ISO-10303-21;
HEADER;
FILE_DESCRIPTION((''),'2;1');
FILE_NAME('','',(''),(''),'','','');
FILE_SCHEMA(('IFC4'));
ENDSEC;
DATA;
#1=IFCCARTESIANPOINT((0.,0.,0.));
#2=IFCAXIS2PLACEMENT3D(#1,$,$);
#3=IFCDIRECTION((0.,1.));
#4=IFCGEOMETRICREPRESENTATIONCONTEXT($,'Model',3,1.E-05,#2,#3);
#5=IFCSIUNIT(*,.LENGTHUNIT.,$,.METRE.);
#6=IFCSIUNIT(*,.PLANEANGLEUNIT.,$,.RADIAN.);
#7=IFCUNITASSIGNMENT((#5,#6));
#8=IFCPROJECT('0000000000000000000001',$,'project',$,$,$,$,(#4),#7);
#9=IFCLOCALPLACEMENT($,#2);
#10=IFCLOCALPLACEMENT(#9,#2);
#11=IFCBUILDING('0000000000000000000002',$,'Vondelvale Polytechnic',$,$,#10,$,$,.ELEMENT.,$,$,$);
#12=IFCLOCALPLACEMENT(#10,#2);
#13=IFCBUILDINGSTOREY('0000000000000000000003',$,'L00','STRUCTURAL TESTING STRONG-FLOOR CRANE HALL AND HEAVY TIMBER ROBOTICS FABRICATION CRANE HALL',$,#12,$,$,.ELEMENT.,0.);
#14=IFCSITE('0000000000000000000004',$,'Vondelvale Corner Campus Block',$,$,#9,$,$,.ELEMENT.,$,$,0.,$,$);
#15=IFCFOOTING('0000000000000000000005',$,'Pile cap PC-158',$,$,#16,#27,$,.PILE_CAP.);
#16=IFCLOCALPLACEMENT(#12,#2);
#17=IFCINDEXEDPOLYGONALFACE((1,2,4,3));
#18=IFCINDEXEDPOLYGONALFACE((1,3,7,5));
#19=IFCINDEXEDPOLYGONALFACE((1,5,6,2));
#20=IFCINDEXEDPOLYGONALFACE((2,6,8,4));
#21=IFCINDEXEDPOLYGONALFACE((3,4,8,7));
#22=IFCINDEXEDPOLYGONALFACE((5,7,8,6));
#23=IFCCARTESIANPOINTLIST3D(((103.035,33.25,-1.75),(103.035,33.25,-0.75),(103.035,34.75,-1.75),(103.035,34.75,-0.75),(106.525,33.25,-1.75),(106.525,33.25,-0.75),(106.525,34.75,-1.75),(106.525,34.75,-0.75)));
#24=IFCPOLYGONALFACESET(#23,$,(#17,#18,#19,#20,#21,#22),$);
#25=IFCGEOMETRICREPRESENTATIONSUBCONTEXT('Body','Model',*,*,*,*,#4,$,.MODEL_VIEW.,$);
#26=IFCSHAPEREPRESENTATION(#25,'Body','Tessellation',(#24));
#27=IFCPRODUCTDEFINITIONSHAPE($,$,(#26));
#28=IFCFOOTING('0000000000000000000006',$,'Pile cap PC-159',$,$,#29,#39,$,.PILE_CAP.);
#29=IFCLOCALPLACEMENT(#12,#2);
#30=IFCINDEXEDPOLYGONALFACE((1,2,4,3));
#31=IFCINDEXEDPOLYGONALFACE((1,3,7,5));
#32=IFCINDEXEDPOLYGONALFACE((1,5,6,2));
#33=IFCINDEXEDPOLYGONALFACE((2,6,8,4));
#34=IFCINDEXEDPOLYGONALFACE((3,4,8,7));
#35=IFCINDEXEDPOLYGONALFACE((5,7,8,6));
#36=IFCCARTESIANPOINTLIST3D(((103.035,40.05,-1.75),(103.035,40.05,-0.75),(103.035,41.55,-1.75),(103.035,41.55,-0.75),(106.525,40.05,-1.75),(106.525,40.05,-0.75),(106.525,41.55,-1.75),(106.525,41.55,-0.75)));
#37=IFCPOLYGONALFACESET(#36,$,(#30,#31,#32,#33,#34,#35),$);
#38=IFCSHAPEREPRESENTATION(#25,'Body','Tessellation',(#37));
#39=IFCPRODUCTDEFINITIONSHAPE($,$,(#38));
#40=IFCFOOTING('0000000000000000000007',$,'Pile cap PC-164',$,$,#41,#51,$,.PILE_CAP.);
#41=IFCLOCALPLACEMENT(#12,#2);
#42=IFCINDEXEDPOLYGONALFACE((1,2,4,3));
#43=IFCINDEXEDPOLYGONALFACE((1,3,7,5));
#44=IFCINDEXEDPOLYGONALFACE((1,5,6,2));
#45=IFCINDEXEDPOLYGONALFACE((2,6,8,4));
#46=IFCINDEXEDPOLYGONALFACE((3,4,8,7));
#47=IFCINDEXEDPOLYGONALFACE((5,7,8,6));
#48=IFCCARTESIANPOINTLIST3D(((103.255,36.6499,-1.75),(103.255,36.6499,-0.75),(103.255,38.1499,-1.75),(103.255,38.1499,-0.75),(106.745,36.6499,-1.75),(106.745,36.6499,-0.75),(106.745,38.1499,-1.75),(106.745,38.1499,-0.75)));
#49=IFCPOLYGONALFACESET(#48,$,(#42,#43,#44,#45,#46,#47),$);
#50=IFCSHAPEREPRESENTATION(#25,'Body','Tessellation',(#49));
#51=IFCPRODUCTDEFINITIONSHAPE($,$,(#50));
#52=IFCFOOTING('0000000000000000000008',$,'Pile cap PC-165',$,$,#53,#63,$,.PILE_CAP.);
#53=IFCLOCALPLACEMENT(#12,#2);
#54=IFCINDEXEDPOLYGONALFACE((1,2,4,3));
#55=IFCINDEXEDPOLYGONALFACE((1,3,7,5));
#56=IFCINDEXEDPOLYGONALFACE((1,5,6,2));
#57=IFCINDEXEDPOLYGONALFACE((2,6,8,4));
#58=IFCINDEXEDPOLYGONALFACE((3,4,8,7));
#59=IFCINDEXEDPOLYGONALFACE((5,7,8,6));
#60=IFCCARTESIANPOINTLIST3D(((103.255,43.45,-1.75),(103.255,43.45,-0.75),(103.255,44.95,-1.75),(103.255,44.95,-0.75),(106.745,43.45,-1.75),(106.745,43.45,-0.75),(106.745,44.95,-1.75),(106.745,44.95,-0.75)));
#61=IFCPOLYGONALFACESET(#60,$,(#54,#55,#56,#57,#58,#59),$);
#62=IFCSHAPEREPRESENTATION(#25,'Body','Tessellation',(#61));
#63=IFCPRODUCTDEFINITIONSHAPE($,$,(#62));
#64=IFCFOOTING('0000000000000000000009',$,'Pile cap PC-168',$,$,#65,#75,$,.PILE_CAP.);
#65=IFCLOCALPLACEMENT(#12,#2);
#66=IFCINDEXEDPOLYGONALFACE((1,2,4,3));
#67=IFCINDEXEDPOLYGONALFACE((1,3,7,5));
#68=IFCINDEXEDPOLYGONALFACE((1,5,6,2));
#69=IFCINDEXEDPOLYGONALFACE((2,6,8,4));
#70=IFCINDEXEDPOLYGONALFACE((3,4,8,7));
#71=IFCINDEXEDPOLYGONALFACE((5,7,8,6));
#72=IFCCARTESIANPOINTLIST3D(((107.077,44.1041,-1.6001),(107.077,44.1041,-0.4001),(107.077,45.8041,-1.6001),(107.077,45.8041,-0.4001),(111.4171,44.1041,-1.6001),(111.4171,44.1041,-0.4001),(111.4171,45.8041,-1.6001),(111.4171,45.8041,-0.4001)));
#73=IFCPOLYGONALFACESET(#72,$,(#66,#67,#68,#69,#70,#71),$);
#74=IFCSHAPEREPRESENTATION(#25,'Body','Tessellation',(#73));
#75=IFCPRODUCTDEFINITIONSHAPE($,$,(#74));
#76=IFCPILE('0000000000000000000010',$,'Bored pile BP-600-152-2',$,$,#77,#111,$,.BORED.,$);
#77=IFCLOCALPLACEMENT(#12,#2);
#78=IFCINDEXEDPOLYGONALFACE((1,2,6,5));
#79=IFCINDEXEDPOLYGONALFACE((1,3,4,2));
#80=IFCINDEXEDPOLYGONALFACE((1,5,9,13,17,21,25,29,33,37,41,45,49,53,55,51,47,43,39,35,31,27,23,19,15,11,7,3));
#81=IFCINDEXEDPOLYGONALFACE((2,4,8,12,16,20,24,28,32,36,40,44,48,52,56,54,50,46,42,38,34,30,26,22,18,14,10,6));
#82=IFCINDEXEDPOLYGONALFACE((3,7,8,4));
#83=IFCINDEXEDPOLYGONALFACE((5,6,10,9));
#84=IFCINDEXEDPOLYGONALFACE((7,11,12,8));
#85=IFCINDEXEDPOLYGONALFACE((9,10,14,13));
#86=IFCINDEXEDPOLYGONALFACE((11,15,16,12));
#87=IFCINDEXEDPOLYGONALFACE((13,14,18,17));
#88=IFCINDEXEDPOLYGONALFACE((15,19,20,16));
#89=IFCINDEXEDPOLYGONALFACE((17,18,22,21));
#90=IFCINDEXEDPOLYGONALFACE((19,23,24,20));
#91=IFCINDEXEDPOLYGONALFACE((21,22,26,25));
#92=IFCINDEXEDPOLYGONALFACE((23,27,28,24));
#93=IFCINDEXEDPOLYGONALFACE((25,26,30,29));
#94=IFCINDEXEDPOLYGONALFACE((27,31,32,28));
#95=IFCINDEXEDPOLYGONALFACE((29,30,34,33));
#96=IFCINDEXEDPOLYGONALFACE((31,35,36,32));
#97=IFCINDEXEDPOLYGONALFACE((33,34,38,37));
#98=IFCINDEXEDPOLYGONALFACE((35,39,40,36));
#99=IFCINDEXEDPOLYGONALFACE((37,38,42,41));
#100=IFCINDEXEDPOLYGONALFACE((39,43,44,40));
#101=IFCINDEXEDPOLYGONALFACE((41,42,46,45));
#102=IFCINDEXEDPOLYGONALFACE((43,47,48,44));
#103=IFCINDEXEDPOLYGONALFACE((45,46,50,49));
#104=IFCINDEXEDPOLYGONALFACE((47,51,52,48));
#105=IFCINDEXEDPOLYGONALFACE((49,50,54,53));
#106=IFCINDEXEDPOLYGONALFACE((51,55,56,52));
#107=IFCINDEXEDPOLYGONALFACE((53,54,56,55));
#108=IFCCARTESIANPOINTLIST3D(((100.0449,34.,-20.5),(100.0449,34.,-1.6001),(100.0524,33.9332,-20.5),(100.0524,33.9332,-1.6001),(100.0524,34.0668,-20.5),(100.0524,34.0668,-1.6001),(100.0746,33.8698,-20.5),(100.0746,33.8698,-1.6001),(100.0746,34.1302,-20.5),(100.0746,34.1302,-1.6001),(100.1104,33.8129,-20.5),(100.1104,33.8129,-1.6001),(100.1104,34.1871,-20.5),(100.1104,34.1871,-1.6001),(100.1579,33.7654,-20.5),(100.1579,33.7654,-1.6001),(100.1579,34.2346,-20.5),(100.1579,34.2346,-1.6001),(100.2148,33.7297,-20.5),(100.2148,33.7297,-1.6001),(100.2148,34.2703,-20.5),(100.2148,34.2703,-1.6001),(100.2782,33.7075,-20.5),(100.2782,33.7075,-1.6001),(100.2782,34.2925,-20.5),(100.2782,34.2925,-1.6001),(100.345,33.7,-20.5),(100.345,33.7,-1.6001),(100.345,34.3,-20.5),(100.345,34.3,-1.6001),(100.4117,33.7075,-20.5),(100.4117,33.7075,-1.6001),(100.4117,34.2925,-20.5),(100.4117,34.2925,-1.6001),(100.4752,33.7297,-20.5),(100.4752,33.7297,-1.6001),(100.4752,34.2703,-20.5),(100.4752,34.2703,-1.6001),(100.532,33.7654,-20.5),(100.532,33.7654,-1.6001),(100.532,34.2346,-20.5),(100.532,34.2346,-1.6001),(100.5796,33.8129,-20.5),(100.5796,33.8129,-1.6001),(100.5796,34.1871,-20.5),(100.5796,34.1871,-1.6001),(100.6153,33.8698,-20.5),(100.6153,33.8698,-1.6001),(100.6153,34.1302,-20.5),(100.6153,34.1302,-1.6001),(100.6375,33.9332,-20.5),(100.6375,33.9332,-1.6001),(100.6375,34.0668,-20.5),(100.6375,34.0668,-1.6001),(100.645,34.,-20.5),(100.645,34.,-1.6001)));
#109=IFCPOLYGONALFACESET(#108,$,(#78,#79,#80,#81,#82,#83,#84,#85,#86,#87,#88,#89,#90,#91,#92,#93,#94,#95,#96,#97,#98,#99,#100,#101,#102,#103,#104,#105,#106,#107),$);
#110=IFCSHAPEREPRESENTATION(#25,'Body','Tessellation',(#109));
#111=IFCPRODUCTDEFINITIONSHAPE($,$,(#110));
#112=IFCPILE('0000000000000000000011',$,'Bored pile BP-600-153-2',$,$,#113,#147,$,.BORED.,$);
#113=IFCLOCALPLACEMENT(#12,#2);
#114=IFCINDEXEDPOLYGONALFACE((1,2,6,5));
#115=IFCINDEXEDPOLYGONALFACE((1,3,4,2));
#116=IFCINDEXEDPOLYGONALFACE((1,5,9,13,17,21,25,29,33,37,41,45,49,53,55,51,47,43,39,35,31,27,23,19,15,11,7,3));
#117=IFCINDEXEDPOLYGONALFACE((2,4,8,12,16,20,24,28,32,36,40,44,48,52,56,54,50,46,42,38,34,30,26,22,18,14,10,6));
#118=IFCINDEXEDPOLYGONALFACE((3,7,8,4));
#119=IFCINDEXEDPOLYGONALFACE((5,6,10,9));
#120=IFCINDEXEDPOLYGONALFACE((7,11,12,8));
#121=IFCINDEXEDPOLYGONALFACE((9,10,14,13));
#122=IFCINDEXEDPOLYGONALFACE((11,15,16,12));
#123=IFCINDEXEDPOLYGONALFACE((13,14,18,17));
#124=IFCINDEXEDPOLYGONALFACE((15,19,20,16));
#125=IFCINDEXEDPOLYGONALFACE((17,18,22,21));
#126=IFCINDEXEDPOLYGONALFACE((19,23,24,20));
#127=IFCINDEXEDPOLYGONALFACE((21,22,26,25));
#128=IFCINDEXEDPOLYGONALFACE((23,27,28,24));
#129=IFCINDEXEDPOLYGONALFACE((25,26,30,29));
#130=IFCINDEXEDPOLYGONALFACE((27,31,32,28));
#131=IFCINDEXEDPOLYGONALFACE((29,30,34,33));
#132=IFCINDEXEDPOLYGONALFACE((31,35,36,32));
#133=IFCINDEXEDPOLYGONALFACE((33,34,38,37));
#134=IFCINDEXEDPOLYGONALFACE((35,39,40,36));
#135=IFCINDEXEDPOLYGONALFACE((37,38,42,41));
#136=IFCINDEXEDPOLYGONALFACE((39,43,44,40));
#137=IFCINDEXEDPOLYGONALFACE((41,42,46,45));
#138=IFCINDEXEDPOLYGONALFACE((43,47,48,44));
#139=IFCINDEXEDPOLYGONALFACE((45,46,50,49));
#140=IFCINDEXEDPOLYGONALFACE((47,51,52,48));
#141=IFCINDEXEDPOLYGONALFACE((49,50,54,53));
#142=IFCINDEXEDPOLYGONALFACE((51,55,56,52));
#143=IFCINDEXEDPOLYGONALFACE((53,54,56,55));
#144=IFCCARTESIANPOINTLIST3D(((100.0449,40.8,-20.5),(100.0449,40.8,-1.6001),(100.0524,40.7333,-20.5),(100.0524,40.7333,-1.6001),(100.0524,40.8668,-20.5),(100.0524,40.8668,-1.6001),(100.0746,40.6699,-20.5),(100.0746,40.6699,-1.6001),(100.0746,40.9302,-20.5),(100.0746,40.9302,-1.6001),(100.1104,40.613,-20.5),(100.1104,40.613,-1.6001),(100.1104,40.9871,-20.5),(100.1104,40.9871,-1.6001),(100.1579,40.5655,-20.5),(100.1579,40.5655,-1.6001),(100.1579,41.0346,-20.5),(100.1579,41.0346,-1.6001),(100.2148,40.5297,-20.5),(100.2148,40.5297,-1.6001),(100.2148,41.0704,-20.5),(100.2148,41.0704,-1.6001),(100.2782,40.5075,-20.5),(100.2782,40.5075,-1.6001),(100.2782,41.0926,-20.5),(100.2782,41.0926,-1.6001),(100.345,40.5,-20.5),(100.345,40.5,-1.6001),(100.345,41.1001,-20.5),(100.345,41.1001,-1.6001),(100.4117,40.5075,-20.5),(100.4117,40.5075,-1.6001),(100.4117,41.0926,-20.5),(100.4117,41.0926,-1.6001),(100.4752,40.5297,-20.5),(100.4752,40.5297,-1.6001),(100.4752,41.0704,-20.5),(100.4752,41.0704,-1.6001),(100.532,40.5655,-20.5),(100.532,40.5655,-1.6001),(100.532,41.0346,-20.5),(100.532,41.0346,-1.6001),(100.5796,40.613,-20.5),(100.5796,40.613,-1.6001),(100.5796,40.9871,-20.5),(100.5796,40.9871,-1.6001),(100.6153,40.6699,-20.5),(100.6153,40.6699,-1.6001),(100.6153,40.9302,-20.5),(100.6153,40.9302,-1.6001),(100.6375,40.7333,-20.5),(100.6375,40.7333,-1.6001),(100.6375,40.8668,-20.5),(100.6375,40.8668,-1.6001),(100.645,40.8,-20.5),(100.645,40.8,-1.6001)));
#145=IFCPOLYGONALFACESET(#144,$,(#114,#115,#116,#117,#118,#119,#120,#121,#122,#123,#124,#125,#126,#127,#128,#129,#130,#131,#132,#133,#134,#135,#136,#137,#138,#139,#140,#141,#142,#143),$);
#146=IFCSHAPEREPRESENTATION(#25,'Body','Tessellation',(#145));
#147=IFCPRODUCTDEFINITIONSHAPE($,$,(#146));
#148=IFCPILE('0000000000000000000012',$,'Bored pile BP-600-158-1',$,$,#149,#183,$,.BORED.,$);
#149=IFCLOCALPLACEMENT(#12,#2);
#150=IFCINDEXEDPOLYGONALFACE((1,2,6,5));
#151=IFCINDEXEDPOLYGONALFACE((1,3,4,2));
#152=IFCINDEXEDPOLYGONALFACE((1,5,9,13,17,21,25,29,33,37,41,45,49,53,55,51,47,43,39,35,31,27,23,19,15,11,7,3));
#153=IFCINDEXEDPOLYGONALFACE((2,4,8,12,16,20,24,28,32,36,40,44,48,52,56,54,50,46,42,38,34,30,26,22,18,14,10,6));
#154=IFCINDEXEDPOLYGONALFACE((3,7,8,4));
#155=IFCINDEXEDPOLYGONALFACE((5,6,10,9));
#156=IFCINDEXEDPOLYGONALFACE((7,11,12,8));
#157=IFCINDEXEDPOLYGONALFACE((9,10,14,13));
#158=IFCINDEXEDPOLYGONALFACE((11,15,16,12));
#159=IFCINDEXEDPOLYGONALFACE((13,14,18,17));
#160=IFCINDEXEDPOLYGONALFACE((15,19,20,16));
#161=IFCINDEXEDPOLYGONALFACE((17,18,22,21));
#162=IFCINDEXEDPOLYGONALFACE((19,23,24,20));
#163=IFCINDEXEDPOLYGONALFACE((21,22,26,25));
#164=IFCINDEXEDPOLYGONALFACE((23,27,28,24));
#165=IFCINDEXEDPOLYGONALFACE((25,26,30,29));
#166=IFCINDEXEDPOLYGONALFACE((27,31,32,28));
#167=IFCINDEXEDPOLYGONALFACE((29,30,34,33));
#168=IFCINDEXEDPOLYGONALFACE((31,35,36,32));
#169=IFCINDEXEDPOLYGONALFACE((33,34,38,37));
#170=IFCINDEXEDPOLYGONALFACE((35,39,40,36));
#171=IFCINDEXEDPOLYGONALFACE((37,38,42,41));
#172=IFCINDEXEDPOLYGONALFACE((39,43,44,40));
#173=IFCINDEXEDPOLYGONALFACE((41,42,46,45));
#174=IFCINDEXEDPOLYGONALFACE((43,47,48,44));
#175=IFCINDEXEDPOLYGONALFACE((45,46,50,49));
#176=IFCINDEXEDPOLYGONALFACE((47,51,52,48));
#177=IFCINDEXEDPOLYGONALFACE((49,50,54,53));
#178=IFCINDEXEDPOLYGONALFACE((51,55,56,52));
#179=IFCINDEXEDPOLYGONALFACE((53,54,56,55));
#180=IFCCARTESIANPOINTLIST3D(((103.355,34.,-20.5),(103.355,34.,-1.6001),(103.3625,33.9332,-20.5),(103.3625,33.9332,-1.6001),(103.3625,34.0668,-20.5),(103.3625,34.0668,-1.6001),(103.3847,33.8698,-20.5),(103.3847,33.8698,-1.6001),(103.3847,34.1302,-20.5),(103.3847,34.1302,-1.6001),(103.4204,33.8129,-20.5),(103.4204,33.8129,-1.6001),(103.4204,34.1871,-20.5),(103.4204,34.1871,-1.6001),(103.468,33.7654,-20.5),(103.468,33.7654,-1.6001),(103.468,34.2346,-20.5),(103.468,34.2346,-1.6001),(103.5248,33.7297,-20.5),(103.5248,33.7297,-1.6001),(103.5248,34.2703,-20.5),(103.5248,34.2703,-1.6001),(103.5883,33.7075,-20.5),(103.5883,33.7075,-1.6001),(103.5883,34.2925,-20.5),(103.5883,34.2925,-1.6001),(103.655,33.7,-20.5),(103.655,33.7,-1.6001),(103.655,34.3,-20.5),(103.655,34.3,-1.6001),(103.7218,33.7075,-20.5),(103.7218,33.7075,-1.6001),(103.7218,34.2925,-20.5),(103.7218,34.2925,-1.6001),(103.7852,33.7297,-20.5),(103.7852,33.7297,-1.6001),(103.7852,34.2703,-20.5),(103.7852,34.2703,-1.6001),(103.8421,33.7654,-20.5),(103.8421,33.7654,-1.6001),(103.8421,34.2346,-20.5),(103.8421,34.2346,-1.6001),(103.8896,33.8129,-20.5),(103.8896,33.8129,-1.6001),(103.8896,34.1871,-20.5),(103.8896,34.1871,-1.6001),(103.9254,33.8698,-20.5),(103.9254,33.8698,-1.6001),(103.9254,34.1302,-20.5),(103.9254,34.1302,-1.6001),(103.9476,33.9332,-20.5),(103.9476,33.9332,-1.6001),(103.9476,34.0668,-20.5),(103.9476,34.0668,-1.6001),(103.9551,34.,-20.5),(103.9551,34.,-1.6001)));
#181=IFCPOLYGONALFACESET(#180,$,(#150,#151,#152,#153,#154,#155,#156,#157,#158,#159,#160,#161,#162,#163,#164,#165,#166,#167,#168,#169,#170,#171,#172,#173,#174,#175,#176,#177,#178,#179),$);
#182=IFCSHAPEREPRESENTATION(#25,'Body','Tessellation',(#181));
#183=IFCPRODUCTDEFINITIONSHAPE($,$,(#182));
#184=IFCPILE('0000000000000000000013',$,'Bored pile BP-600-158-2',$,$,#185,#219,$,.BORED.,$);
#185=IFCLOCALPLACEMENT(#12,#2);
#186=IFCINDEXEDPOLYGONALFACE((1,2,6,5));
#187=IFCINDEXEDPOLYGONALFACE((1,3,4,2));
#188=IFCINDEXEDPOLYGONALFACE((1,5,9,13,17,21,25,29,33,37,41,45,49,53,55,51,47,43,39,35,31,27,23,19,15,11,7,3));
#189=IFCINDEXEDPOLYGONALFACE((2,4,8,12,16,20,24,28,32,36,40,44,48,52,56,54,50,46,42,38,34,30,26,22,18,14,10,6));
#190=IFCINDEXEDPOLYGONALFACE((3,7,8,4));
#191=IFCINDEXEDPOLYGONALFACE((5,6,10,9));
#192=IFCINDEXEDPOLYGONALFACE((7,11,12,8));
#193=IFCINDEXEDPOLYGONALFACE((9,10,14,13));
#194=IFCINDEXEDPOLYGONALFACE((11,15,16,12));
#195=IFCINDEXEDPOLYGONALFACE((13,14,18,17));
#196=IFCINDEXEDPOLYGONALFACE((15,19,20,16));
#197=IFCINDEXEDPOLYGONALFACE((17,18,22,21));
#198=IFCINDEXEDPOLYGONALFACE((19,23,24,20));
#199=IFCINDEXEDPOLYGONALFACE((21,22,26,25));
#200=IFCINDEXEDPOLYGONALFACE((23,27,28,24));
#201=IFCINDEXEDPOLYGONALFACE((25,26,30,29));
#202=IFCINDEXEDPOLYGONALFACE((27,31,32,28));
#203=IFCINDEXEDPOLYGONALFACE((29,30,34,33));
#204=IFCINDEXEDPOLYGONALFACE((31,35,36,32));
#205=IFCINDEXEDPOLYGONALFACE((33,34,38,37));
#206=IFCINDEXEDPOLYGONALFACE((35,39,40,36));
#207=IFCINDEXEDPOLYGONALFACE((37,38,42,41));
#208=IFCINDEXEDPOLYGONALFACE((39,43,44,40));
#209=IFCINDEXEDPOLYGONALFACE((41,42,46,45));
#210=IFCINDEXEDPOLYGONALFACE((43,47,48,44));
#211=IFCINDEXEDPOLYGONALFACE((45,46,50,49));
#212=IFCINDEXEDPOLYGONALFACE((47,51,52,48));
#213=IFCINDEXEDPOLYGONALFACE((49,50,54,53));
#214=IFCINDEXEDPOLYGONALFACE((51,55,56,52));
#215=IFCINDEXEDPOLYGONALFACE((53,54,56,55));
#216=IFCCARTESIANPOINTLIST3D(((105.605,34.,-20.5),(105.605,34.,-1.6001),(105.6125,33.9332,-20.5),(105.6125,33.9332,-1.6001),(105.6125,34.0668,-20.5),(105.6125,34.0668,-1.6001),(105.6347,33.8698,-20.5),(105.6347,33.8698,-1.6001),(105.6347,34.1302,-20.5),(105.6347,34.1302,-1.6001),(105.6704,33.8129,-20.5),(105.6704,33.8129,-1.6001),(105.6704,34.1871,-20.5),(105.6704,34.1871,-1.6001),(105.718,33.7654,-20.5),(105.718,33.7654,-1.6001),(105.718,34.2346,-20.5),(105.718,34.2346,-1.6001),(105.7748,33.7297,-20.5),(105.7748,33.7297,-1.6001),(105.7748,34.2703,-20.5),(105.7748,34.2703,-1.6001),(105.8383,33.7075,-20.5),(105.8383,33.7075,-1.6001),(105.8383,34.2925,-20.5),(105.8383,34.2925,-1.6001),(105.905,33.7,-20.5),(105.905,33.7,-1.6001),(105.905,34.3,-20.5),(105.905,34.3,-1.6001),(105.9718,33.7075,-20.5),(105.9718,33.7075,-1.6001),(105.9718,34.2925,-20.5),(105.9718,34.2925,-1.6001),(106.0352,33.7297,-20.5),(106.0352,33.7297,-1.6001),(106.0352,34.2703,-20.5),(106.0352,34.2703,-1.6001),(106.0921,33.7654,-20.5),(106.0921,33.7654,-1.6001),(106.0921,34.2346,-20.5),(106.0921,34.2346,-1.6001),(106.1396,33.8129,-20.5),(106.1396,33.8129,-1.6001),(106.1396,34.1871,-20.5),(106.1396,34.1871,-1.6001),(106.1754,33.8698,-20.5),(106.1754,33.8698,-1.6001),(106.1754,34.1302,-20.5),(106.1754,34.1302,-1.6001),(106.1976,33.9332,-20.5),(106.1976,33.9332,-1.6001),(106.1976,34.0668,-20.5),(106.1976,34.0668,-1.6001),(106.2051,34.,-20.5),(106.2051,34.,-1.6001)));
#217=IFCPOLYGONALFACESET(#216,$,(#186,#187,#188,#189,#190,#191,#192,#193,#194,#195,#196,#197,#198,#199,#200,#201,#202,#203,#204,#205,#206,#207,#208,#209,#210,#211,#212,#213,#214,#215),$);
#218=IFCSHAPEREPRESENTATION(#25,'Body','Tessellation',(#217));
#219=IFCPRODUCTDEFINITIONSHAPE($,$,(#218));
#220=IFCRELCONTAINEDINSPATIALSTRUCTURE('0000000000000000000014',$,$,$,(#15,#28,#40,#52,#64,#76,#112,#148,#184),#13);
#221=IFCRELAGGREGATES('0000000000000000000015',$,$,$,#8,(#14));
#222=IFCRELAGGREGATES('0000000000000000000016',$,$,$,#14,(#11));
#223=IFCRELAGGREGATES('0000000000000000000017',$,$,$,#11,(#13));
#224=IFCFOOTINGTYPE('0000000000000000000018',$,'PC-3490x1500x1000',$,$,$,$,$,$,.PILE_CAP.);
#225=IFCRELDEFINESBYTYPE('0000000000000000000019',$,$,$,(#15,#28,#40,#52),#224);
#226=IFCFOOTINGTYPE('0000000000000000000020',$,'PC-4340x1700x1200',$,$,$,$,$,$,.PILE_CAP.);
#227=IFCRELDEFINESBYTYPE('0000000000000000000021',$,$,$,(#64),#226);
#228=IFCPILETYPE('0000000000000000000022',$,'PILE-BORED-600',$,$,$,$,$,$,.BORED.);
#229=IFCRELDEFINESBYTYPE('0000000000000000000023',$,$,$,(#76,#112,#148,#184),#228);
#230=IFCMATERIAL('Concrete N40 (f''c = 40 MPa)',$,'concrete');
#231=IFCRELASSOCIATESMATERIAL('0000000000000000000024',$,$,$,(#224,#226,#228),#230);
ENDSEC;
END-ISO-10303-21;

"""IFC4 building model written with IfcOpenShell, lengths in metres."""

from ifc_helpers import new_model, si_unit, direction, frame, origin, origin_2d, place, context, subcontext, project, spatial, rectangle, circle, extrude, material, material_profile, profile_set, type_object, element, save


model = new_model("IFC4")

# Units and contexts
model_context = context("Model", 3, precision=1e-05, world=origin(), true_north=direction((0.0, 1.0)))
body_context = subcontext(model_context, "Body", "Model", "MODEL_VIEW")
ifc_project = project(units=[si_unit("LENGTHUNIT", "METRE"), si_unit("PLANEANGLEUNIT", "RADIAN")], contexts=[model_context])

# Site, building, storey
site_placement = place(None, origin())
site = spatial("IfcSite", under=ifc_project, at=site_placement, Name="Vondelvale Corner Campus Block", CompositionType="ELEMENT", RefElevation=0.0)
building_placement = place(site_placement, origin())
building = spatial("IfcBuilding", under=site, at=building_placement, Name="Vondelvale Polytechnic", CompositionType="ELEMENT")
storey_placement = place(building_placement, origin())
storey = spatial("IfcBuildingStorey", under=building, at=storey_placement, Name="L00", Description="STRUCTURAL TESTING STRONG-FLOOR CRANE HALL AND HEAVY TIMBER ROBOTICS FABRICATION CRANE HALL", CompositionType="ELEMENT", Elevation=0.0)

# Footings
ifc_material_1 = material(Name="Concrete N40 (f'c = 40 MPa)", Category="concrete")
footing_type_1 = type_object("IfcFootingType", Name="PC-3490x1500x1000", PredefinedType="PILE_CAP", material=ifc_material_1)
for number, where, z_axis, x_axis, name in (
    (1, (104.78, 34.0, -1.75), (0.0, 0.0, 1.0), (1.0, 0.0, 0.0), "Pile cap PC-158"),
    (2, (104.78, 40.8, -1.75), (0.0, 0.0, 1.0), (1.0, 0.0, 0.0), "Pile cap PC-159"),
    (3, (105.0, 37.3999, -1.75), (0.0, 0.0, 1.0), (1.0, 0.0, 0.0), "Pile cap PC-164"),
    (4, (105.0, 44.2, -1.75), (0.0, 0.0, 1.0), (1.0, 0.0, 0.0), "Pile cap PC-165"),
):
    element("IfcFooting", number, at=place(storey_placement, frame(where, z_axis=z_axis, x_axis=x_axis)), inside=storey, type_object=footing_type_1, Name=name, PredefinedType="PILE_CAP", context=body_context, shape_type="SweptSolid", body=[
        extrude(rectangle(XDim=3.49, YDim=1.5, at=origin_2d()), origin(), (0.0, 0.0, 1.0), 1.0),
    ])
footing_type_2 = type_object("IfcFootingType", Name="PC-4340x1700x1200", PredefinedType="PILE_CAP", material=ifc_material_1)
footing_placement = place(storey_placement, frame((109.2471, 44.9541, -1.6001), z_axis=(0.0, 0.0, 1.0), x_axis=(1.0, 0.0, 0.0)))
element("IfcFooting", 5, at=footing_placement, inside=storey, type_object=footing_type_2, Name="Pile cap PC-168", PredefinedType="PILE_CAP", context=body_context, shape_type="SweptSolid", body=[
    extrude(rectangle(XDim=4.3401, YDim=1.7, at=origin_2d()), origin(), (0.0, 0.0, 1.0), 1.2),
])

# Piles
ifc_material_profile_1 = material_profile(ifc_material_1, circle(Radius=0.3, at=origin_2d()), Name="PILE-D600")
ifc_profile_set_1 = profile_set([ifc_material_profile_1], Name="Concrete N40 (f'c = 40 MPa)")
pile_type = type_object("IfcPileType", Name="PILE-BORED-600", PredefinedType="BORED", material=ifc_profile_set_1)
for number, where, z_axis, x_axis, name in (
    (6, (100.345, 34.0, -1.6001), (0.0, 0.0, -1.0), (1.0, 0.0, 0.0), "Bored pile BP-600-152-2"),
    (7, (100.345, 40.8, -1.6001), (0.0, 0.0, -1.0), (1.0, 0.0, 0.0), "Bored pile BP-600-153-2"),
    (8, (103.655, 34.0, -1.6001), (0.0, 0.0, -1.0), (1.0, 0.0, 0.0), "Bored pile BP-600-158-1"),
    (9, (105.905, 34.0, -1.6001), (0.0, 0.0, -1.0), (1.0, 0.0, 0.0), "Bored pile BP-600-158-2"),
):
    element("IfcPile", number, at=place(storey_placement, frame(where, z_axis=z_axis, x_axis=x_axis)), inside=storey, type_object=pile_type, Name=name, PredefinedType="BORED", context=body_context, shape_type="SweptSolid", body=[
        extrude(circle(Radius=0.3, at=origin_2d()), origin(), (0.0, 0.0, 1.0), 18.8999),
    ])

save(model, "model.ifc")
